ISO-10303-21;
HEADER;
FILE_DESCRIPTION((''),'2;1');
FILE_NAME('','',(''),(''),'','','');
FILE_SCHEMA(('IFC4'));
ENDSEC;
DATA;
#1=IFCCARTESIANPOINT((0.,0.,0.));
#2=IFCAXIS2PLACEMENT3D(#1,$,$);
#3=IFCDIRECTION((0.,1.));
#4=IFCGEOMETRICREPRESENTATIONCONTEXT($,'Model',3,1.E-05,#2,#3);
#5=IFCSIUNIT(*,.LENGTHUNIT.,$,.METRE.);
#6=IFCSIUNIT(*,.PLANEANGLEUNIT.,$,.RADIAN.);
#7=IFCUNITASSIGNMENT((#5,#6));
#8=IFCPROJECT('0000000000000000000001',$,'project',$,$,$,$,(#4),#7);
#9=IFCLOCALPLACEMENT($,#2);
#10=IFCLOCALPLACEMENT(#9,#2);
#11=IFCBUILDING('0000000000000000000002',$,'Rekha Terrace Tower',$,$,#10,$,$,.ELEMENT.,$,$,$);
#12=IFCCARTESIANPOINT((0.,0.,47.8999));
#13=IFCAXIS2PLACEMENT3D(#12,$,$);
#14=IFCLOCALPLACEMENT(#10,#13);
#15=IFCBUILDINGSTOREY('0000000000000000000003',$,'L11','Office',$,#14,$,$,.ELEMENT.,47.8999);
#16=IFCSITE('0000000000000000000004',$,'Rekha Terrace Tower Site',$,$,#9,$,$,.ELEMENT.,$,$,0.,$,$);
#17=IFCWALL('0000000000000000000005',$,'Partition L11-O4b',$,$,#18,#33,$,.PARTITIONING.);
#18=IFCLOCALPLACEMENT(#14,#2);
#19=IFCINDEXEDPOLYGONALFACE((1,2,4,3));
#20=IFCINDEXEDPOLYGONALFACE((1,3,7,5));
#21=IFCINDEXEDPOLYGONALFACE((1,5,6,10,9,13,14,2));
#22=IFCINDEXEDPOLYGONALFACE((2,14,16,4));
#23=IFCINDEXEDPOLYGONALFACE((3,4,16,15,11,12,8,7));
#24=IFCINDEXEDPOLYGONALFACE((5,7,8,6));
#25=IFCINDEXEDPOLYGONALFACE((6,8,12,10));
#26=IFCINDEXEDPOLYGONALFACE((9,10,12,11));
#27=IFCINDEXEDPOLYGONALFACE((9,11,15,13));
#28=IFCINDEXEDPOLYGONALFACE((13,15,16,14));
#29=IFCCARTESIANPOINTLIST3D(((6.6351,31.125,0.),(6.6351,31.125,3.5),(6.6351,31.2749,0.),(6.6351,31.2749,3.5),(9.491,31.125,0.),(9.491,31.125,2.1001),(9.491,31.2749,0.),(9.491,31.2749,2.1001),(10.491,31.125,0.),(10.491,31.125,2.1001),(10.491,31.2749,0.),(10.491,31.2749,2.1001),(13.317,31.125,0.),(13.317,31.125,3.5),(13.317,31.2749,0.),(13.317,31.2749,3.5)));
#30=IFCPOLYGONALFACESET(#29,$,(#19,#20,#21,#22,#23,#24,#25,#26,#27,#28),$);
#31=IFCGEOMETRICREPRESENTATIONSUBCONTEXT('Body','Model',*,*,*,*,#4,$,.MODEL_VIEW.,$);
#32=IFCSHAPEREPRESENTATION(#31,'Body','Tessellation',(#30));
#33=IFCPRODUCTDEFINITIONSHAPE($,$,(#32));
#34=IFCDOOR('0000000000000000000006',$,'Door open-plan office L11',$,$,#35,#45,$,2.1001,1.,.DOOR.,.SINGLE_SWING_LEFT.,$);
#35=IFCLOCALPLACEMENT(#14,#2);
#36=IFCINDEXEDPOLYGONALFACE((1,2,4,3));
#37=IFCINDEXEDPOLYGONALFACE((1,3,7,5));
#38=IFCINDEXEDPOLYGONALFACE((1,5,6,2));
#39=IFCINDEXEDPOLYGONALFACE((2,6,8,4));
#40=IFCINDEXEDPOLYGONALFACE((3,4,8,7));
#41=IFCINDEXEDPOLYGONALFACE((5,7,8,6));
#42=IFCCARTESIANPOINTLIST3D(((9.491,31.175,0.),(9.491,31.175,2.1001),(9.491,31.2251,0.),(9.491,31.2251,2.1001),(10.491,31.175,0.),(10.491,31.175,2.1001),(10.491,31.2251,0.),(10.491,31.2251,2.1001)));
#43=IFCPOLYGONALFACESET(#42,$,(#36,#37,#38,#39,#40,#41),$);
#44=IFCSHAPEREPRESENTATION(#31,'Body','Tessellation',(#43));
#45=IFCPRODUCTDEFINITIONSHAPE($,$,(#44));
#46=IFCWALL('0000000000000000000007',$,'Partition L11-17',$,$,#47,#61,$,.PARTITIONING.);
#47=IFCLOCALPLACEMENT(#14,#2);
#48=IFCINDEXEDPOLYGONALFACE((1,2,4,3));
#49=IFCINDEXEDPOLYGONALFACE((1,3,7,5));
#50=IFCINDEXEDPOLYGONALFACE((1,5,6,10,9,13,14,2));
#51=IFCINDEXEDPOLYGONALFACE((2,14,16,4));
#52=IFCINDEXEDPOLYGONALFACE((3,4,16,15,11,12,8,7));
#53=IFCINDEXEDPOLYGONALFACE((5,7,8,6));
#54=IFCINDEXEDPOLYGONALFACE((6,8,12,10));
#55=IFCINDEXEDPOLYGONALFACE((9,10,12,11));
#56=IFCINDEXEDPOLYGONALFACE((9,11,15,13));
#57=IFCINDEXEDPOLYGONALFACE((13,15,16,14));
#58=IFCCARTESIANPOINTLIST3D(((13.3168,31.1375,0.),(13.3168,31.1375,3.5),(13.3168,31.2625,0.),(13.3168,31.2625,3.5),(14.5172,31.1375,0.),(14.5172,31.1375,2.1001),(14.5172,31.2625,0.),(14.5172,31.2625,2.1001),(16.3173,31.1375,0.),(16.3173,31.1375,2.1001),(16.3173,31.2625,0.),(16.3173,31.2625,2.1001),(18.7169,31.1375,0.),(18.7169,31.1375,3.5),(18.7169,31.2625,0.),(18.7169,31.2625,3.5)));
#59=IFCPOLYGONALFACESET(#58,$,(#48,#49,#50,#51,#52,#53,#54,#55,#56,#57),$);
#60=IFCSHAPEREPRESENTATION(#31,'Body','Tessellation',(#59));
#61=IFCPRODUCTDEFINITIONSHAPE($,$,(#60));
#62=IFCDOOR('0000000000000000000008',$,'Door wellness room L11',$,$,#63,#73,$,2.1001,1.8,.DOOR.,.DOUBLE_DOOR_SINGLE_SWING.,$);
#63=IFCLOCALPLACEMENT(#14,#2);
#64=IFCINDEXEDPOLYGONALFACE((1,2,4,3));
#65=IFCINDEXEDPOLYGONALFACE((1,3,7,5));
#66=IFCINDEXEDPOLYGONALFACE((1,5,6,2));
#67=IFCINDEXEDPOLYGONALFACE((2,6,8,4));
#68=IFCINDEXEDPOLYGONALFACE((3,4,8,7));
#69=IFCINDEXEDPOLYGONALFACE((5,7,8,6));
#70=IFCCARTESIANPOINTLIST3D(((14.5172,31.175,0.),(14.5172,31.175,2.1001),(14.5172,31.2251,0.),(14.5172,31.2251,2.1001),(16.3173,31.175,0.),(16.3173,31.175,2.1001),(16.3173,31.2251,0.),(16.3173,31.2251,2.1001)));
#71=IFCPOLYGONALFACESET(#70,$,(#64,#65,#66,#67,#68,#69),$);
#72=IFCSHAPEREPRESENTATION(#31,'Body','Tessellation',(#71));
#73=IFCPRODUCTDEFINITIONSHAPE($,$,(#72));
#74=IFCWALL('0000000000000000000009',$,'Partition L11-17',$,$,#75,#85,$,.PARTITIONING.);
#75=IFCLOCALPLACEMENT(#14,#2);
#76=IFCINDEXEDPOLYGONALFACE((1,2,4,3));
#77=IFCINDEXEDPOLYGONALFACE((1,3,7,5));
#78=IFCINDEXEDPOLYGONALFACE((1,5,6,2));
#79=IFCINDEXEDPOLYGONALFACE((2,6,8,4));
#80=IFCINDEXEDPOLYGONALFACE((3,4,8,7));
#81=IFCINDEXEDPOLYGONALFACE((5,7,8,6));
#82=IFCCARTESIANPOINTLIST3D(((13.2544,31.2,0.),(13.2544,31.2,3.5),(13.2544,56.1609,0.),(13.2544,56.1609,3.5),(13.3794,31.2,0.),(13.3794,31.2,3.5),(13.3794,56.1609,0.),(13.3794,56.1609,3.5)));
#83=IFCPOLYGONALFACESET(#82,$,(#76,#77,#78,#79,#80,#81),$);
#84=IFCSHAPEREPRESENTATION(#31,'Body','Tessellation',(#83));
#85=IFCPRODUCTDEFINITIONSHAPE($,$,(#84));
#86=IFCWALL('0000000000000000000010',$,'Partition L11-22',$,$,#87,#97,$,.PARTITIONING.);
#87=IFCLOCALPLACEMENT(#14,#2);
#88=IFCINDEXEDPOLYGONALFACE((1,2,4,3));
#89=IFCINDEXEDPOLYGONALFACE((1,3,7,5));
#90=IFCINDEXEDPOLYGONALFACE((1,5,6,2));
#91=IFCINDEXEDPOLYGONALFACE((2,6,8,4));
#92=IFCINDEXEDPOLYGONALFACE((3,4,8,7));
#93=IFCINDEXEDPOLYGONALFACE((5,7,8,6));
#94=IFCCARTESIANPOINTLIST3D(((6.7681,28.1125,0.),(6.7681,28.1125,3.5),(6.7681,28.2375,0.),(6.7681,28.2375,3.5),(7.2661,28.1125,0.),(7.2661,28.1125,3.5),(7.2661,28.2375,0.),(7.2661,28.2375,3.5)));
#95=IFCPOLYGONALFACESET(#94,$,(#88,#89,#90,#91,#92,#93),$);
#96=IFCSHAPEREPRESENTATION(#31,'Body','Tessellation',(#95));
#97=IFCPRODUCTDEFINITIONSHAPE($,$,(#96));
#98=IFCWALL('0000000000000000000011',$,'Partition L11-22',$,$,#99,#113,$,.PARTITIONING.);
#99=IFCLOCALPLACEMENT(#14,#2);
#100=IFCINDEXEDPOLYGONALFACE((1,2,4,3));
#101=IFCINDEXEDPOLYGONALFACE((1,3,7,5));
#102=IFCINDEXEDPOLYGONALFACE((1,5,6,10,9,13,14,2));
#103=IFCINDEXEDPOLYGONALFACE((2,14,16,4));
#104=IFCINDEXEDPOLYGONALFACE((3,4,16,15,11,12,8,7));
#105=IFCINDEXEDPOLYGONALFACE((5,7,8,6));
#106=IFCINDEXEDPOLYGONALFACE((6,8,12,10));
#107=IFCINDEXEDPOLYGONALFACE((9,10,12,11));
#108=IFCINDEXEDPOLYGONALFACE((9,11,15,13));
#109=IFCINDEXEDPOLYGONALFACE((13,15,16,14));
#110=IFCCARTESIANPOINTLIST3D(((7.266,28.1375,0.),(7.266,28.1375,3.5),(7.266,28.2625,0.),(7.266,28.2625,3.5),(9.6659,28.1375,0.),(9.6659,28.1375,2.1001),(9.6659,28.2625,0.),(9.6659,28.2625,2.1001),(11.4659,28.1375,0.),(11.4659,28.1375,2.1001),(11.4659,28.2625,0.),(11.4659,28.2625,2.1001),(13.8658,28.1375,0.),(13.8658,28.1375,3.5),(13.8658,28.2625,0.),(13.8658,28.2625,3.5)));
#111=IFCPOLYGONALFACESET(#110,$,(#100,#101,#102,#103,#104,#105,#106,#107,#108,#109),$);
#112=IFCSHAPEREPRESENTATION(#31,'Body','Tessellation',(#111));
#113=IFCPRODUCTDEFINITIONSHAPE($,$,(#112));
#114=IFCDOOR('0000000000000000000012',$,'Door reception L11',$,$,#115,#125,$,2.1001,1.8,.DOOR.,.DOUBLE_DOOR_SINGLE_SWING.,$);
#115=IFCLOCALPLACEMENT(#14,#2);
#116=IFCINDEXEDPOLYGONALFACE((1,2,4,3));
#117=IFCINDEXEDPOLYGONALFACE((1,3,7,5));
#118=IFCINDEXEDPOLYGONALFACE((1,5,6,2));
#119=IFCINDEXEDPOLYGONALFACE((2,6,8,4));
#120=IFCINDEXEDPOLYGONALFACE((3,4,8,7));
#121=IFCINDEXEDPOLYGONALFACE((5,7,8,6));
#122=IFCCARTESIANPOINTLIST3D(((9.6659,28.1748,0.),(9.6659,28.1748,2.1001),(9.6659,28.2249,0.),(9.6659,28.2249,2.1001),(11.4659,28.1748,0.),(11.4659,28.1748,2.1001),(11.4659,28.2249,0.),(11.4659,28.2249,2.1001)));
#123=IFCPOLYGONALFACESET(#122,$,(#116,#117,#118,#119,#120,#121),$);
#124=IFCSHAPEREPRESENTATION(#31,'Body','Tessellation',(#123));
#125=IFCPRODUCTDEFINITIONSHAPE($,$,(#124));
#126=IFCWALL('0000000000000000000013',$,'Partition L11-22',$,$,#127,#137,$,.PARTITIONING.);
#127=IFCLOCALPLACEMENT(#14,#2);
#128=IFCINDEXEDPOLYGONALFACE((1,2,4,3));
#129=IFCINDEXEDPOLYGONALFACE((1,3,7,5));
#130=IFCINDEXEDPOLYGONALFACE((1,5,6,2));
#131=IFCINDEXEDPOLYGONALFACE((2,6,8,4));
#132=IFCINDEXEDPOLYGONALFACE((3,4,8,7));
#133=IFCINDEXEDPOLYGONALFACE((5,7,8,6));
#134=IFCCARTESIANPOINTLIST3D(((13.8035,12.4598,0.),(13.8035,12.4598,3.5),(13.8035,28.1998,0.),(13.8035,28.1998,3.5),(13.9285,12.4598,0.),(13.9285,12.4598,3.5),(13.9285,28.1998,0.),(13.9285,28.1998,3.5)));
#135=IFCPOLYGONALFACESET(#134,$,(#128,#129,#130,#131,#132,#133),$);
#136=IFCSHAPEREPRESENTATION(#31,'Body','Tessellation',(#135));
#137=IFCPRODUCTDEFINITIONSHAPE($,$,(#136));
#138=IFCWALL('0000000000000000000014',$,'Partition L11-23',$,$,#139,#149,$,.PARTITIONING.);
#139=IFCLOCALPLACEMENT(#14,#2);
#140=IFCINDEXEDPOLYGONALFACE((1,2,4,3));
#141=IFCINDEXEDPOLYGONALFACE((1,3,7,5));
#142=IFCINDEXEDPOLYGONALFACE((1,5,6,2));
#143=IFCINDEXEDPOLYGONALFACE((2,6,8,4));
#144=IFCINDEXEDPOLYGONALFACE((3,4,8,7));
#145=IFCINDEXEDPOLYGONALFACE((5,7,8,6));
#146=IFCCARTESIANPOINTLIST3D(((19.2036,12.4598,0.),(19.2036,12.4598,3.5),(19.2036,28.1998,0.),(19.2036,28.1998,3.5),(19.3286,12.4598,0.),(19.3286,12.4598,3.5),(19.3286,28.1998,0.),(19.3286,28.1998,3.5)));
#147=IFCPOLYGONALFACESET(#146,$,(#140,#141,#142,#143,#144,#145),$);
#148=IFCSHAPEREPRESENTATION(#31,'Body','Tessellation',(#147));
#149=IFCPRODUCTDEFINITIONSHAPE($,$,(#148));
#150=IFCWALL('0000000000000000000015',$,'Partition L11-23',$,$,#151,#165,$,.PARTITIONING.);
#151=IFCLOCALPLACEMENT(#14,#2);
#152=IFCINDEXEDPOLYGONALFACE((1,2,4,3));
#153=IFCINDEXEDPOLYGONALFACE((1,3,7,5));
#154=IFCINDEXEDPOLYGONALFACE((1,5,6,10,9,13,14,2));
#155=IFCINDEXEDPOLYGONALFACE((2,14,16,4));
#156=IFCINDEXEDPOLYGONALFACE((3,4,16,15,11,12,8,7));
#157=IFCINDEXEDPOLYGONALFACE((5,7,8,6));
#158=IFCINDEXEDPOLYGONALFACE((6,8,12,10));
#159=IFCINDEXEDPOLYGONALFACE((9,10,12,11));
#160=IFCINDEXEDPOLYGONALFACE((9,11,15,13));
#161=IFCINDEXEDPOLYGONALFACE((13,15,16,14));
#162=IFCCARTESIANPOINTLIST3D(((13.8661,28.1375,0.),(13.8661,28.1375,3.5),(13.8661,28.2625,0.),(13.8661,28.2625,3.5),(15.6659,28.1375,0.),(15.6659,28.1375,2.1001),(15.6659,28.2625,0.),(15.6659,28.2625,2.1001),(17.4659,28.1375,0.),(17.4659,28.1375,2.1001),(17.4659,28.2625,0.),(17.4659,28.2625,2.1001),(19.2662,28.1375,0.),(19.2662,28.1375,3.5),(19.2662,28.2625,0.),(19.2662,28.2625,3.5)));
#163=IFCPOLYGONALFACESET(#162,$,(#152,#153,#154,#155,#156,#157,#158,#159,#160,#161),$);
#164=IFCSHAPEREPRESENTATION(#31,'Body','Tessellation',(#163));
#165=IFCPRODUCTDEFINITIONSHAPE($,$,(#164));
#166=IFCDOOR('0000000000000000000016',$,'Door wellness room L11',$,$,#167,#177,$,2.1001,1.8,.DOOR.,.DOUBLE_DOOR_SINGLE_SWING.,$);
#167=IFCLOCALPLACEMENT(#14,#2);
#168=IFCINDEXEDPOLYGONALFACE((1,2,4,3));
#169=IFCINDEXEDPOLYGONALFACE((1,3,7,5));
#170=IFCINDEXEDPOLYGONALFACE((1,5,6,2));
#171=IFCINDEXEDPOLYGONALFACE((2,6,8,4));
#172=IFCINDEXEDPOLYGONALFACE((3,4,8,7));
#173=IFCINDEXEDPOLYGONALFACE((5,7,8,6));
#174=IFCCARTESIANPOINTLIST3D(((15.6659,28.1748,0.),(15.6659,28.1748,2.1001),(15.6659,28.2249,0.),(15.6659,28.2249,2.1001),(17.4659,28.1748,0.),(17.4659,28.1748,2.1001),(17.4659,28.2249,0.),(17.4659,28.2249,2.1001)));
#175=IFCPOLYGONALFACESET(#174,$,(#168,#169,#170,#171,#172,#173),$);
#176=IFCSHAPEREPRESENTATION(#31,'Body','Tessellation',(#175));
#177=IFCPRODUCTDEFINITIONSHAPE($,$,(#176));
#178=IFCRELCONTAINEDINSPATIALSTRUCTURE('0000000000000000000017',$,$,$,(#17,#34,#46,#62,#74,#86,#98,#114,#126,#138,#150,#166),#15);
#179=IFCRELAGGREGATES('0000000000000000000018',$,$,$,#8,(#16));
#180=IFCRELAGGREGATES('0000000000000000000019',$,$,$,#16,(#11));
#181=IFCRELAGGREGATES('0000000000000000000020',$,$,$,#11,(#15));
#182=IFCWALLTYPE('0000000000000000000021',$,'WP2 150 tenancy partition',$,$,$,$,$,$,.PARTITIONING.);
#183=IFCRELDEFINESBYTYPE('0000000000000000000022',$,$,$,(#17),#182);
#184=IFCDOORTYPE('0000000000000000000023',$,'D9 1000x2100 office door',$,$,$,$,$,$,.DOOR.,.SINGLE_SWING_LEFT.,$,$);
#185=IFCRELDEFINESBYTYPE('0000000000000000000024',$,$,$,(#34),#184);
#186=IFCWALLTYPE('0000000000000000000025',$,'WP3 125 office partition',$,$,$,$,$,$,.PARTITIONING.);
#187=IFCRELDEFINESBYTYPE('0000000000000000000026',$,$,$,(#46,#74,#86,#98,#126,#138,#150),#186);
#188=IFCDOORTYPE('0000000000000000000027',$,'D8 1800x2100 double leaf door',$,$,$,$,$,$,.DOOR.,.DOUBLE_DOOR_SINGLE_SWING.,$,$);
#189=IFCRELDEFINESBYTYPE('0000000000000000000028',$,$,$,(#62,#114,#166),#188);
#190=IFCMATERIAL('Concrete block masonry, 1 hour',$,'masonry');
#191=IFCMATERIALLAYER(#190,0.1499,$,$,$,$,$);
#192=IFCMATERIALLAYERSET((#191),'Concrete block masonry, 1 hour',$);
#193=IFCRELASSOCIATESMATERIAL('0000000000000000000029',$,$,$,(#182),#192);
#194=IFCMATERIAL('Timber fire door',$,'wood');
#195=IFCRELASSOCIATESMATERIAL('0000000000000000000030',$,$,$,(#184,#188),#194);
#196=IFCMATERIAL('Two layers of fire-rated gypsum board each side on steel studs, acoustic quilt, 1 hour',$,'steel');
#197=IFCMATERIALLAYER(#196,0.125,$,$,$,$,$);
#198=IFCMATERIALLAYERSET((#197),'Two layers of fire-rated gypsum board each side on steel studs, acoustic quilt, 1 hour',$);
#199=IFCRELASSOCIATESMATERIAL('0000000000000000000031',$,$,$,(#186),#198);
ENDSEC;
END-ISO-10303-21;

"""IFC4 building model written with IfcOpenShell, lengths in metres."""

from ifc_helpers import new_model, si_unit, direction, frame, frame_2d, origin, place, context, subcontext, project, spatial, rectangle, extrude, material, layer, layer_set, type_object, element, fill, save


model = new_model("IFC4")

# Units and contexts
model_context = context("Model", 3, precision=1e-05, world=origin(), true_north=direction((0.0, 1.0)))
body_context = subcontext(model_context, "Body", "Model", "MODEL_VIEW")
ifc_project = project(units=[si_unit("LENGTHUNIT", "METRE"), si_unit("PLANEANGLEUNIT", "RADIAN")], contexts=[model_context])

# Site, building, storey
site_placement = place(None, origin())
site = spatial("IfcSite", under=ifc_project, at=site_placement, Name="Rekha Terrace Tower Site", CompositionType="ELEMENT", RefElevation=0.0)
building_placement = place(site_placement, origin())
building = spatial("IfcBuilding", under=site, at=building_placement, Name="Rekha Terrace Tower", CompositionType="ELEMENT")
storey_placement = place(building_placement, frame((0.0, 0.0, 47.8999)))
storey = spatial("IfcBuildingStorey", under=building, at=storey_placement, Name="L11", Description="Office", CompositionType="ELEMENT", Elevation=47.8999)

# Walls, openings, doors
ifc_material_1 = material(Name="Concrete block masonry, 1 hour", Category="masonry")
ifc_layer_1 = layer(ifc_material_1, 0.1499)
ifc_layer_set_1 = layer_set([ifc_layer_1], Name="Concrete block masonry, 1 hour")
wall_type_1 = type_object("IfcWallType", Name="WP2 150 tenancy partition", PredefinedType="PARTITIONING", material=ifc_layer_set_1)
wall_1_placement = place(storey_placement, frame((13.3169, 31.2, 0.0), z_axis=(0.0, 0.0, 1.0), x_axis=(-1.0, 0.0, 0.0)))
wall_1 = element("IfcWall", 1, at=wall_1_placement, inside=storey, type_object=wall_type_1, Name="Partition L11-O4b", PredefinedType="PARTITIONING", context=body_context, shape_type="SweptSolid", body=[
    extrude(rectangle(XDim=6.6819, YDim=0.1499, at=frame_2d((3.3408, 0.0))), origin(), (0.0, 0.0, 1.0), 3.5),
])
opening_1_placement = place(wall_1_placement, frame((2.8259, 0.0, 0.0)))
opening_1 = element("IfcOpeningElement", 2, at=opening_1_placement, cuts=wall_1, PredefinedType="OPENING", context=body_context, shape_type="SweptSolid", body=[
    extrude(rectangle(XDim=1.0, YDim=2.1001, at=frame_2d((0.5, 1.05))), frame((0.0, 0.085, 0.0), z_axis=(0.0, -1.0, 0.0), x_axis=(1.0, 0.0, 0.0)), (0.0, 0.0, 1.0), 0.1699),
])
ifc_material_2 = material(Name="Timber fire door", Category="wood")
door_type_1 = type_object("IfcDoorType", Name="D9 1000x2100 office door", OperationType="SINGLE_SWING_LEFT", PredefinedType="DOOR", material=ifc_material_2)
door_1_placement = place(opening_1_placement, origin())
door_1 = element("IfcDoor", 3, at=door_1_placement, inside=storey, type_object=door_type_1, Name="Door open-plan office L11", OperationType="SINGLE_SWING_LEFT", OverallHeight=2.1001, OverallWidth=1.0, PredefinedType="DOOR", context=body_context, shape_type="SweptSolid", body=[
    extrude(rectangle(XDim=1.0, YDim=2.1001, at=frame_2d((0.5, 1.05))), frame((0.0, 0.0249, 0.0), z_axis=(0.0, -1.0, 0.0), x_axis=(1.0, 0.0, 0.0)), (0.0, 0.0, 1.0), 0.05),
])
fill(opening_1, door_1)
ifc_material_3 = material(Name="Two layers of fire-rated gypsum board each side on steel studs, acoustic quilt, 1 hour", Category="steel")
ifc_layer_2 = layer(ifc_material_3, 0.125)
ifc_layer_set_2 = layer_set([ifc_layer_2], Name="Two layers of fire-rated gypsum board each side on steel studs, acoustic quilt, 1 hour")
wall_type_2 = type_object("IfcWallType", Name="WP3 125 office partition", PredefinedType="PARTITIONING", material=ifc_layer_set_2)
wall_2_placement = place(storey_placement, frame((18.717, 31.2, 0.0), z_axis=(0.0, 0.0, 1.0), x_axis=(-1.0, 0.0, 0.0)))
wall_2 = element("IfcWall", 4, at=wall_2_placement, inside=storey, type_object=wall_type_2, Name="Partition L11-17", PredefinedType="PARTITIONING", context=body_context, shape_type="SweptSolid", body=[
    extrude(rectangle(XDim=5.4001, YDim=0.125, at=frame_2d((2.7002, 0.0))), origin(), (0.0, 0.0, 1.0), 3.5),
])
opening_2_placement = place(wall_2_placement, frame((2.3999, 0.0, 0.0)))
opening_2 = element("IfcOpeningElement", 5, at=opening_2_placement, cuts=wall_2, PredefinedType="OPENING", context=body_context, shape_type="SweptSolid", body=[
    extrude(rectangle(XDim=1.8, YDim=2.1001, at=frame_2d((0.8999, 1.05))), frame((0.0, 0.0725, 0.0), z_axis=(0.0, -1.0, 0.0), x_axis=(1.0, 0.0, 0.0)), (0.0, 0.0, 1.0), 0.145),
])
door_type_2 = type_object("IfcDoorType", Name="D8 1800x2100 double leaf door", OperationType="DOUBLE_DOOR_SINGLE_SWING", PredefinedType="DOOR", material=ifc_material_2)
door_2_placement = place(opening_2_placement, origin())
door_2 = element("IfcDoor", 6, at=door_2_placement, inside=storey, type_object=door_type_2, Name="Door wellness room L11", OperationType="DOUBLE_DOOR_SINGLE_SWING", OverallHeight=2.1001, OverallWidth=1.8, PredefinedType="DOOR", context=body_context, shape_type="SweptSolid", body=[
    extrude(rectangle(XDim=1.8, YDim=2.1001, at=frame_2d((0.8999, 1.05))), frame((0.0, 0.0249, 0.0), z_axis=(0.0, -1.0, 0.0), x_axis=(1.0, 0.0, 0.0)), (0.0, 0.0, 1.0), 0.05),
])
fill(opening_2, door_2)

# Walls
wall_3_placement = place(storey_placement, frame((13.3169, 31.2, 0.0), z_axis=(0.0, 0.0, 1.0), x_axis=(0.0, 1.0, 0.0)))
element("IfcWall", 7, at=wall_3_placement, inside=storey, type_object=wall_type_2, Name="Partition L11-17", PredefinedType="PARTITIONING", context=body_context, shape_type="SweptSolid", body=[
    extrude(rectangle(XDim=24.9609, YDim=0.125, at=frame_2d((12.4805, 0.0))), origin(), (0.0, 0.0, 1.0), 3.5),
])
wall_4_placement = place(storey_placement, frame((6.7681, 28.175, 0.0), z_axis=(0.0, 0.0, 1.0), x_axis=(1.0, 0.0, 0.0)))
element("IfcWall", 8, at=wall_4_placement, inside=storey, type_object=wall_type_2, Name="Partition L11-22", PredefinedType="PARTITIONING", context=body_context, shape_type="SweptSolid", body=[
    extrude(rectangle(XDim=0.498, YDim=0.125, at=frame_2d((0.249, 0.0))), origin(), (0.0, 0.0, 1.0), 3.5),
])

# Wall, opening, door
wall_5_placement = place(storey_placement, frame((7.2661, 28.2, 0.0), z_axis=(0.0, 0.0, 1.0), x_axis=(1.0, 0.0, 0.0)))
wall_5 = element("IfcWall", 9, at=wall_5_placement, inside=storey, type_object=wall_type_2, Name="Partition L11-22", PredefinedType="PARTITIONING", context=body_context, shape_type="SweptSolid", body=[
    extrude(rectangle(XDim=6.5999, YDim=0.125, at=frame_2d((3.2998, 0.0))), origin(), (0.0, 0.0, 1.0), 3.5),
])
opening_3_placement = place(wall_5_placement, frame((2.3999, 0.0, 0.0)))
opening_3 = element("IfcOpeningElement", 10, at=opening_3_placement, cuts=wall_5, PredefinedType="OPENING", context=body_context, shape_type="SweptSolid", body=[
    extrude(rectangle(XDim=1.8, YDim=2.1001, at=frame_2d((0.8999, 1.05))), frame((0.0, 0.0725, 0.0), z_axis=(0.0, -1.0, 0.0), x_axis=(1.0, 0.0, 0.0)), (0.0, 0.0, 1.0), 0.145),
])
door_3_placement = place(opening_3_placement, origin())
door_3 = element("IfcDoor", 11, at=door_3_placement, inside=storey, type_object=door_type_2, Name="Door reception L11", OperationType="DOUBLE_DOOR_SINGLE_SWING", OverallHeight=2.1001, OverallWidth=1.8, PredefinedType="DOOR", context=body_context, shape_type="SweptSolid", body=[
    extrude(rectangle(XDim=1.8, YDim=2.1001, at=frame_2d((0.8999, 1.05))), frame((0.0, 0.0249, 0.0), z_axis=(0.0, -1.0, 0.0), x_axis=(1.0, 0.0, 0.0)), (0.0, 0.0, 1.0), 0.05),
])
fill(opening_3, door_3)

# Walls
for number, where, z_axis, x_axis, name in (
    (12, (13.866, 28.2, 0.0), (0.0, 0.0, 1.0), (0.0, -1.0, 0.0), "Partition L11-22"),
    (13, (19.2661, 28.2, 0.0), (0.0, 0.0, 1.0), (0.0, -1.0, 0.0), "Partition L11-23"),
):
    element("IfcWall", number, at=place(storey_placement, frame(where, z_axis=z_axis, x_axis=x_axis)), inside=storey, type_object=wall_type_2, Name=name, PredefinedType="PARTITIONING", context=body_context, shape_type="SweptSolid", body=[
        extrude(rectangle(XDim=15.74, YDim=0.125, at=frame_2d((7.8701, 0.0))), origin(), (0.0, 0.0, 1.0), 3.5),
    ])

# Wall, opening, door
wall_6_placement = place(storey_placement, frame((13.866, 28.2, 0.0), z_axis=(0.0, 0.0, 1.0), x_axis=(1.0, 0.0, 0.0)))
wall_6 = element("IfcWall", 14, at=wall_6_placement, inside=storey, type_object=wall_type_2, Name="Partition L11-23", PredefinedType="PARTITIONING", context=body_context, shape_type="SweptSolid", body=[
    extrude(rectangle(XDim=5.4001, YDim=0.125, at=frame_2d((2.7002, 0.0))), origin(), (0.0, 0.0, 1.0), 3.5),
])
opening_4_placement = place(wall_6_placement, frame((1.8, 0.0, 0.0)))
opening_4 = element("IfcOpeningElement", 15, at=opening_4_placement, cuts=wall_6, PredefinedType="OPENING", context=body_context, shape_type="SweptSolid", body=[
    extrude(rectangle(XDim=1.8, YDim=2.1001, at=frame_2d((0.8999, 1.05))), frame((0.0, 0.0725, 0.0), z_axis=(0.0, -1.0, 0.0), x_axis=(1.0, 0.0, 0.0)), (0.0, 0.0, 1.0), 0.145),
])
door_4_placement = place(opening_4_placement, origin())
door_4 = element("IfcDoor", 16, at=door_4_placement, inside=storey, type_object=door_type_2, Name="Door wellness room L11", OperationType="DOUBLE_DOOR_SINGLE_SWING", OverallHeight=2.1001, OverallWidth=1.8, PredefinedType="DOOR", context=body_context, shape_type="SweptSolid", body=[
    extrude(rectangle(XDim=1.8, YDim=2.1001, at=frame_2d((0.8999, 1.05))), frame((0.0, 0.0249, 0.0), z_axis=(0.0, -1.0, 0.0), x_axis=(1.0, 0.0, 0.0)), (0.0, 0.0, 1.0), 0.05),
])
fill(opening_4, door_4)

save(model, "model.ifc")
